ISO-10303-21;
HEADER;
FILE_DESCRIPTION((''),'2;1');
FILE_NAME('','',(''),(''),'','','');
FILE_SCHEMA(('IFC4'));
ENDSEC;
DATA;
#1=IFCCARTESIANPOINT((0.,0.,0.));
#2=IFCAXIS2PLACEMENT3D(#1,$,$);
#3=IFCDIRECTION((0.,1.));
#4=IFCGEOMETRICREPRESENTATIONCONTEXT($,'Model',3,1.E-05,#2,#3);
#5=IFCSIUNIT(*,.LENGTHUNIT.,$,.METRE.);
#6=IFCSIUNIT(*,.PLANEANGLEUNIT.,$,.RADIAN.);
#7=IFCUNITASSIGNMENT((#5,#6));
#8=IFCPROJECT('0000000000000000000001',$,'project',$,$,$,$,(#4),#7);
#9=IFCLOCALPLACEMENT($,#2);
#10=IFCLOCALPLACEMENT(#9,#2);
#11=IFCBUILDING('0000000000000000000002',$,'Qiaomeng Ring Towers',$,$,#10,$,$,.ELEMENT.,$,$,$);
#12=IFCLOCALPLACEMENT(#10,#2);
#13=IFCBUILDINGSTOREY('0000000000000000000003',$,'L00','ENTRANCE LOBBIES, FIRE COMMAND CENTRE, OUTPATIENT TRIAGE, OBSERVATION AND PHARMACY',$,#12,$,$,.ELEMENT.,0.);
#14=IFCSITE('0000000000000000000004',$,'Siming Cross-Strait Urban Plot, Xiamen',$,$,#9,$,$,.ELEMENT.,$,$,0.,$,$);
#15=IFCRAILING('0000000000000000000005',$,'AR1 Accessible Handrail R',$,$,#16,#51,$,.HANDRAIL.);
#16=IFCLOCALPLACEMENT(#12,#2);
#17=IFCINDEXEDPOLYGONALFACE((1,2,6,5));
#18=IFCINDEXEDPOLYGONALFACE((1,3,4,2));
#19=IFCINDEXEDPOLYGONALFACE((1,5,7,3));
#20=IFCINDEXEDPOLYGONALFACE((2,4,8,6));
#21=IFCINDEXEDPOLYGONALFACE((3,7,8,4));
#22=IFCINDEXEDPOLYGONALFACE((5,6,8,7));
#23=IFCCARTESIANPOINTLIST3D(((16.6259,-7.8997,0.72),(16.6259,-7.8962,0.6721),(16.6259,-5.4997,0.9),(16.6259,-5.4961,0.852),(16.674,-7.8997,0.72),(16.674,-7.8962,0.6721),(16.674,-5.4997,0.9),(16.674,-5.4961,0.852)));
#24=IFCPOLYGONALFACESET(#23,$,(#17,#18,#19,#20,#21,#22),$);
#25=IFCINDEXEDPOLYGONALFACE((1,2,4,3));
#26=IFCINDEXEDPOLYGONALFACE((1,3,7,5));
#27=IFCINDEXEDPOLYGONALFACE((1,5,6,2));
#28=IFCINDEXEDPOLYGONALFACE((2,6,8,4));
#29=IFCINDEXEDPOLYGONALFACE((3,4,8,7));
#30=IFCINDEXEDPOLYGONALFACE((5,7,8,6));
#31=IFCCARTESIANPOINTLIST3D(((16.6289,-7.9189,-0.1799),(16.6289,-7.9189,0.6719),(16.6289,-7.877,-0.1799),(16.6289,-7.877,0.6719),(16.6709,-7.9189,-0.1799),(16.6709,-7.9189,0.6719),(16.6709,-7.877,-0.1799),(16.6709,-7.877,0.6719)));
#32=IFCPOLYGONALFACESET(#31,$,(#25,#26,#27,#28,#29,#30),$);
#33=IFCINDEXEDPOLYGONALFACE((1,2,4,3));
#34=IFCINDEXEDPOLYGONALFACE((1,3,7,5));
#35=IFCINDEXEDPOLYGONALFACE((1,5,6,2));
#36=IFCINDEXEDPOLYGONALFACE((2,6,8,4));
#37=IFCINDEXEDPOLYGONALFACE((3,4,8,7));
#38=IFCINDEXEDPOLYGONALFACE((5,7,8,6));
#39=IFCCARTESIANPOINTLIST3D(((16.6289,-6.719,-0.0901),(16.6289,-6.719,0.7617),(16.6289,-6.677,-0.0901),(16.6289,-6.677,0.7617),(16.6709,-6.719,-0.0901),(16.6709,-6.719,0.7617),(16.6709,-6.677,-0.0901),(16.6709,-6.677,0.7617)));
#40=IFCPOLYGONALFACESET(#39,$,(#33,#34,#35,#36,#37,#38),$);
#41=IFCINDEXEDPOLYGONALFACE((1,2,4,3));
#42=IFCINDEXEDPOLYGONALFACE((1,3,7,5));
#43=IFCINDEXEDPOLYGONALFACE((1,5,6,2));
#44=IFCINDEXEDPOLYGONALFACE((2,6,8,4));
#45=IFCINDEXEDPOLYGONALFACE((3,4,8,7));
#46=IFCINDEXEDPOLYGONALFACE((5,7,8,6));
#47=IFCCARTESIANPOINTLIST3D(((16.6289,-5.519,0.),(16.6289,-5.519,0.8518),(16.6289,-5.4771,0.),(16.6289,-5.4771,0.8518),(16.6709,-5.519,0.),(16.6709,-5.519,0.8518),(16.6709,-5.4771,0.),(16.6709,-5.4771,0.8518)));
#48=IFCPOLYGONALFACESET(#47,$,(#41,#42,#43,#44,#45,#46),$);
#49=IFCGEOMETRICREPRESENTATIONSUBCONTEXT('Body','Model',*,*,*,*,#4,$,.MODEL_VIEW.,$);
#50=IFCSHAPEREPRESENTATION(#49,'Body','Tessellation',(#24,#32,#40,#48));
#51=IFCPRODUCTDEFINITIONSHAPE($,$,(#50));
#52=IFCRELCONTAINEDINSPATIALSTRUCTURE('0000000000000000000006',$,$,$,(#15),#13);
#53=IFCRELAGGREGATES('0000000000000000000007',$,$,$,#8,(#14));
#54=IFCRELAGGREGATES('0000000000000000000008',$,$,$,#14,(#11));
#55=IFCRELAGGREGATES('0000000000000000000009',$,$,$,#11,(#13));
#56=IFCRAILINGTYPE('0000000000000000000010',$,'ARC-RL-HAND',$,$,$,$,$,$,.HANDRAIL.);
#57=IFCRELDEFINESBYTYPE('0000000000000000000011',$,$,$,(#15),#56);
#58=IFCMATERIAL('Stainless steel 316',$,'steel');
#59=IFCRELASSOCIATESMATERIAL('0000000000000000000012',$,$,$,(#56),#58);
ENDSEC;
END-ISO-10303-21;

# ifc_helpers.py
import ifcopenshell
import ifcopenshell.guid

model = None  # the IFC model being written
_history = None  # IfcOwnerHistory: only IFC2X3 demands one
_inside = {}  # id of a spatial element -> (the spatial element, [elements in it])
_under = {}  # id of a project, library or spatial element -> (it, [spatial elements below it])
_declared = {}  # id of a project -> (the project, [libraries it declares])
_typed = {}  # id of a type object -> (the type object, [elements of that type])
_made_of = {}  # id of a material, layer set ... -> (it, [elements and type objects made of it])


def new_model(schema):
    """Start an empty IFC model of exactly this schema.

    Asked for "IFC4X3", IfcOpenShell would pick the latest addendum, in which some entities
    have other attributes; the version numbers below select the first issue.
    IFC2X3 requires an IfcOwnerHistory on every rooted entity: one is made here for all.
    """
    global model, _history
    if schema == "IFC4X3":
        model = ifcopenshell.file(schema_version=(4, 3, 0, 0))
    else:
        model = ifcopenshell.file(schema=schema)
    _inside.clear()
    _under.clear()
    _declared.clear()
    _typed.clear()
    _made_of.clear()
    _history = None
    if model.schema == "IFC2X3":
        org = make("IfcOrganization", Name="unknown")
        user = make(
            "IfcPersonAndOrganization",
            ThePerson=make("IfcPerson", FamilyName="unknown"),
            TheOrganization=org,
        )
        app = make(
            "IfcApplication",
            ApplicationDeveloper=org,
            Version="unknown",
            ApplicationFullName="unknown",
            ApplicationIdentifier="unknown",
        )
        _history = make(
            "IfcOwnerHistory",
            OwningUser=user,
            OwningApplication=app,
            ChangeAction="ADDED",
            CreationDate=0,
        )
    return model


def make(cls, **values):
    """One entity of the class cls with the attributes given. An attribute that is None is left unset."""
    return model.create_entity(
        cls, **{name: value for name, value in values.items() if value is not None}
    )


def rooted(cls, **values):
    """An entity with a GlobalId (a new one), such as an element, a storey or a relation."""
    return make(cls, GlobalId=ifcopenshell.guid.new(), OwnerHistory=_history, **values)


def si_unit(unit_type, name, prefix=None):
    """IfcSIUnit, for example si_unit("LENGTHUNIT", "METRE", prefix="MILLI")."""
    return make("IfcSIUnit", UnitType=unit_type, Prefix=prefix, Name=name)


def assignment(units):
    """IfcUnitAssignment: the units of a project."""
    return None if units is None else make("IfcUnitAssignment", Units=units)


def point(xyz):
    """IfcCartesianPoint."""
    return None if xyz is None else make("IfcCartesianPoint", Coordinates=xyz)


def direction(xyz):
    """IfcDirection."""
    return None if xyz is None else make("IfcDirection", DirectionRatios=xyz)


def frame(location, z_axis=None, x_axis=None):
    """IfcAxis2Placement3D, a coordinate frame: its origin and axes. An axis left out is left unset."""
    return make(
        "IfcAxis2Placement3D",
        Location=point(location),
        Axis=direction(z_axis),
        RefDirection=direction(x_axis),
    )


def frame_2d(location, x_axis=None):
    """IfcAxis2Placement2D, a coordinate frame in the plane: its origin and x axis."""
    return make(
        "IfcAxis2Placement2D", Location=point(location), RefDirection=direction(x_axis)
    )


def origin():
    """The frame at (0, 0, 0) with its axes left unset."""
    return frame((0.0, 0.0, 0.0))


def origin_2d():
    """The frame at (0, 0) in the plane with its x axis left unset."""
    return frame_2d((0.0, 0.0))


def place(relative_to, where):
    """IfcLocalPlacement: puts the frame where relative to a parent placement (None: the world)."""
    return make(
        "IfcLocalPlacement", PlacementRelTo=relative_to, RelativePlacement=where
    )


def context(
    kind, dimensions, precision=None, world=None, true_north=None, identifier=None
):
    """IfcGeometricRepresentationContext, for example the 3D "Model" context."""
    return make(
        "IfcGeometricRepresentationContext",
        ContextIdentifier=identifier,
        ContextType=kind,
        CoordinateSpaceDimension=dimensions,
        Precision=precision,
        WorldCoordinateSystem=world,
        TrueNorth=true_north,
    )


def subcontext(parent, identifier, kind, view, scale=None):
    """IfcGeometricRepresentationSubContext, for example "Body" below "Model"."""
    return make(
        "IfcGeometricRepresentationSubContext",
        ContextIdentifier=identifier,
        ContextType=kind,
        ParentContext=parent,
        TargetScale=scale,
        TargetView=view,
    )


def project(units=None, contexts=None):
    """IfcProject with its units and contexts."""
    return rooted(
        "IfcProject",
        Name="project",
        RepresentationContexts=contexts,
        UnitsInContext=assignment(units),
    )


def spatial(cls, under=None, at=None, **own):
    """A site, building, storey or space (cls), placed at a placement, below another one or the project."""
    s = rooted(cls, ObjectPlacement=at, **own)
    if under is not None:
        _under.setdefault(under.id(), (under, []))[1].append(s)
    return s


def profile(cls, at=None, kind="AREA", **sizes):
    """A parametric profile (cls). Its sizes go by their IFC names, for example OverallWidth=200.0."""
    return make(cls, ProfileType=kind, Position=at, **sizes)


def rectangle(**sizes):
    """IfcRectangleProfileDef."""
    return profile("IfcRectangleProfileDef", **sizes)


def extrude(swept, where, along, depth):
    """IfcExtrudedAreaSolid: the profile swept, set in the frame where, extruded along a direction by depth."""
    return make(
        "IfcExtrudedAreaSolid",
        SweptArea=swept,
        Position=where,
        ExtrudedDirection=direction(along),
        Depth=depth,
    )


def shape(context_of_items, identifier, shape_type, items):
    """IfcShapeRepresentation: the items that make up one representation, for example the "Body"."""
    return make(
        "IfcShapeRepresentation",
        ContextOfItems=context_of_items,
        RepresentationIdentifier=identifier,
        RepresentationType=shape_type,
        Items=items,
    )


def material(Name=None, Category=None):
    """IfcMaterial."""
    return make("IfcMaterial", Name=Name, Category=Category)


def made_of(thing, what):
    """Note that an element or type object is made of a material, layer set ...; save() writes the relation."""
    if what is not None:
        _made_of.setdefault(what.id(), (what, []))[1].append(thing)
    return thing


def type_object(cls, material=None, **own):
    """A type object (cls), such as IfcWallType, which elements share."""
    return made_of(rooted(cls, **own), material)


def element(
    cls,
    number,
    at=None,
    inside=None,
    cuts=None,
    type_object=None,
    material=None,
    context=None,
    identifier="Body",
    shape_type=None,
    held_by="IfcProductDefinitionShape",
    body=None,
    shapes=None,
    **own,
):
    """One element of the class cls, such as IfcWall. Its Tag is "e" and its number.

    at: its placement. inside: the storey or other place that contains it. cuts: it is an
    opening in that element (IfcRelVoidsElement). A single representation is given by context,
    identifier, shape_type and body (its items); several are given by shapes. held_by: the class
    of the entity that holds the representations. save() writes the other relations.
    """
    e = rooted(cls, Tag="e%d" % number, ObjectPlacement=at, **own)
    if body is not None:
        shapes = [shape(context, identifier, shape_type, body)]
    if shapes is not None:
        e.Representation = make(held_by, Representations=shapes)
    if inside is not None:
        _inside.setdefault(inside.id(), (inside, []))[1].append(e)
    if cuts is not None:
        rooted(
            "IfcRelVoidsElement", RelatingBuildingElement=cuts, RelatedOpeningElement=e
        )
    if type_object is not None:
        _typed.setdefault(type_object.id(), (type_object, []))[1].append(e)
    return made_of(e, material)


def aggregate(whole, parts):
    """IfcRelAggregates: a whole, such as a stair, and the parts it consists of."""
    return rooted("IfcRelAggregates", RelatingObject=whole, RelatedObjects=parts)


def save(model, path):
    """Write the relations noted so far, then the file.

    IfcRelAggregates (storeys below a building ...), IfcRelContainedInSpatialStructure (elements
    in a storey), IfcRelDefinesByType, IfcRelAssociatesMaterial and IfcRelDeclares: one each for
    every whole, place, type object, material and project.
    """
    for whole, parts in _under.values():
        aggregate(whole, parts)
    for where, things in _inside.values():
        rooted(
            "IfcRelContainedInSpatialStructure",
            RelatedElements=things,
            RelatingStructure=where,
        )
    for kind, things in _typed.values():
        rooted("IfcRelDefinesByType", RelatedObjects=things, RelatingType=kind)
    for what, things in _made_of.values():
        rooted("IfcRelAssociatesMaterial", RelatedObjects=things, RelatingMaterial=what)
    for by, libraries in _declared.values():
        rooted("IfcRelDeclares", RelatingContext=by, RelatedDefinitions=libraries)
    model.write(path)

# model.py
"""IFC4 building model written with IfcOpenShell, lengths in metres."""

from ifc_helpers import new_model, si_unit, direction, frame, origin, origin_2d, place, context, subcontext, project, spatial, rectangle, extrude, material, type_object, element, save


model = new_model("IFC4")

# Units and contexts
model_context = context("Model", 3, precision=1e-05, world=origin(), true_north=direction((0.0, 1.0)))
body_context = subcontext(model_context, "Body", "Model", "MODEL_VIEW")
ifc_project = project(units=[si_unit("LENGTHUNIT", "METRE"), si_unit("PLANEANGLEUNIT", "RADIAN")], contexts=[model_context])

# Site, building, storey
site_placement = place(None, origin())
site = spatial("IfcSite", under=ifc_project, at=site_placement, Name="Siming Cross-Strait Urban Plot, Xiamen", CompositionType="ELEMENT", RefElevation=0.0)
building_placement = place(site_placement, origin())
building = spatial("IfcBuilding", under=site, at=building_placement, Name="Qiaomeng Ring Towers", CompositionType="ELEMENT")
storey_placement = place(building_placement, origin())
storey = spatial("IfcBuildingStorey", under=building, at=storey_placement, Name="L00", Description="ENTRANCE LOBBIES, FIRE COMMAND CENTRE, OUTPATIENT TRIAGE, OBSERVATION AND PHARMACY", CompositionType="ELEMENT", Elevation=0.0)

# Railing
ifc_material_1 = material(Name="Stainless steel 316", Category="steel")
railing_type = type_object("IfcRailingType", Name="ARC-RL-HAND", PredefinedType="HANDRAIL", material=ifc_material_1)
for number, where, name in (
    (1, (16.6499, -7.8979, -0.1799), "AR1 Accessible Handrail R"),
):
    element("IfcRailing", number, at=place(storey_placement, frame(where)), inside=storey, type_object=railing_type, Name=name, PredefinedType="HANDRAIL", context=body_context, shape_type="SweptSolid", body=[
        extrude(rectangle(XDim=0.0481, YDim=0.0481, at=origin_2d()), frame((0.0, 0.0, 0.876), z_axis=(0.0, 0.997201, 0.074765), x_axis=(-1.0, 0.0, 0.0)), (0.0, 0.0, 1.0), 2.4067),
        extrude(rectangle(XDim=0.042, YDim=0.042, at=origin_2d()), origin(), (0.0, 0.0, 1.0), 0.8518),
        extrude(rectangle(XDim=0.042, YDim=0.042, at=origin_2d()), frame((0.0, 1.2, 0.0898)), (0.0, 0.0, 1.0), 0.8518),
        extrude(rectangle(XDim=0.042, YDim=0.042, at=origin_2d()), frame((0.0, 2.3999, 0.1799)), (0.0, 0.0, 1.0), 0.8518),
    ])

save(model, "model.ifc")
